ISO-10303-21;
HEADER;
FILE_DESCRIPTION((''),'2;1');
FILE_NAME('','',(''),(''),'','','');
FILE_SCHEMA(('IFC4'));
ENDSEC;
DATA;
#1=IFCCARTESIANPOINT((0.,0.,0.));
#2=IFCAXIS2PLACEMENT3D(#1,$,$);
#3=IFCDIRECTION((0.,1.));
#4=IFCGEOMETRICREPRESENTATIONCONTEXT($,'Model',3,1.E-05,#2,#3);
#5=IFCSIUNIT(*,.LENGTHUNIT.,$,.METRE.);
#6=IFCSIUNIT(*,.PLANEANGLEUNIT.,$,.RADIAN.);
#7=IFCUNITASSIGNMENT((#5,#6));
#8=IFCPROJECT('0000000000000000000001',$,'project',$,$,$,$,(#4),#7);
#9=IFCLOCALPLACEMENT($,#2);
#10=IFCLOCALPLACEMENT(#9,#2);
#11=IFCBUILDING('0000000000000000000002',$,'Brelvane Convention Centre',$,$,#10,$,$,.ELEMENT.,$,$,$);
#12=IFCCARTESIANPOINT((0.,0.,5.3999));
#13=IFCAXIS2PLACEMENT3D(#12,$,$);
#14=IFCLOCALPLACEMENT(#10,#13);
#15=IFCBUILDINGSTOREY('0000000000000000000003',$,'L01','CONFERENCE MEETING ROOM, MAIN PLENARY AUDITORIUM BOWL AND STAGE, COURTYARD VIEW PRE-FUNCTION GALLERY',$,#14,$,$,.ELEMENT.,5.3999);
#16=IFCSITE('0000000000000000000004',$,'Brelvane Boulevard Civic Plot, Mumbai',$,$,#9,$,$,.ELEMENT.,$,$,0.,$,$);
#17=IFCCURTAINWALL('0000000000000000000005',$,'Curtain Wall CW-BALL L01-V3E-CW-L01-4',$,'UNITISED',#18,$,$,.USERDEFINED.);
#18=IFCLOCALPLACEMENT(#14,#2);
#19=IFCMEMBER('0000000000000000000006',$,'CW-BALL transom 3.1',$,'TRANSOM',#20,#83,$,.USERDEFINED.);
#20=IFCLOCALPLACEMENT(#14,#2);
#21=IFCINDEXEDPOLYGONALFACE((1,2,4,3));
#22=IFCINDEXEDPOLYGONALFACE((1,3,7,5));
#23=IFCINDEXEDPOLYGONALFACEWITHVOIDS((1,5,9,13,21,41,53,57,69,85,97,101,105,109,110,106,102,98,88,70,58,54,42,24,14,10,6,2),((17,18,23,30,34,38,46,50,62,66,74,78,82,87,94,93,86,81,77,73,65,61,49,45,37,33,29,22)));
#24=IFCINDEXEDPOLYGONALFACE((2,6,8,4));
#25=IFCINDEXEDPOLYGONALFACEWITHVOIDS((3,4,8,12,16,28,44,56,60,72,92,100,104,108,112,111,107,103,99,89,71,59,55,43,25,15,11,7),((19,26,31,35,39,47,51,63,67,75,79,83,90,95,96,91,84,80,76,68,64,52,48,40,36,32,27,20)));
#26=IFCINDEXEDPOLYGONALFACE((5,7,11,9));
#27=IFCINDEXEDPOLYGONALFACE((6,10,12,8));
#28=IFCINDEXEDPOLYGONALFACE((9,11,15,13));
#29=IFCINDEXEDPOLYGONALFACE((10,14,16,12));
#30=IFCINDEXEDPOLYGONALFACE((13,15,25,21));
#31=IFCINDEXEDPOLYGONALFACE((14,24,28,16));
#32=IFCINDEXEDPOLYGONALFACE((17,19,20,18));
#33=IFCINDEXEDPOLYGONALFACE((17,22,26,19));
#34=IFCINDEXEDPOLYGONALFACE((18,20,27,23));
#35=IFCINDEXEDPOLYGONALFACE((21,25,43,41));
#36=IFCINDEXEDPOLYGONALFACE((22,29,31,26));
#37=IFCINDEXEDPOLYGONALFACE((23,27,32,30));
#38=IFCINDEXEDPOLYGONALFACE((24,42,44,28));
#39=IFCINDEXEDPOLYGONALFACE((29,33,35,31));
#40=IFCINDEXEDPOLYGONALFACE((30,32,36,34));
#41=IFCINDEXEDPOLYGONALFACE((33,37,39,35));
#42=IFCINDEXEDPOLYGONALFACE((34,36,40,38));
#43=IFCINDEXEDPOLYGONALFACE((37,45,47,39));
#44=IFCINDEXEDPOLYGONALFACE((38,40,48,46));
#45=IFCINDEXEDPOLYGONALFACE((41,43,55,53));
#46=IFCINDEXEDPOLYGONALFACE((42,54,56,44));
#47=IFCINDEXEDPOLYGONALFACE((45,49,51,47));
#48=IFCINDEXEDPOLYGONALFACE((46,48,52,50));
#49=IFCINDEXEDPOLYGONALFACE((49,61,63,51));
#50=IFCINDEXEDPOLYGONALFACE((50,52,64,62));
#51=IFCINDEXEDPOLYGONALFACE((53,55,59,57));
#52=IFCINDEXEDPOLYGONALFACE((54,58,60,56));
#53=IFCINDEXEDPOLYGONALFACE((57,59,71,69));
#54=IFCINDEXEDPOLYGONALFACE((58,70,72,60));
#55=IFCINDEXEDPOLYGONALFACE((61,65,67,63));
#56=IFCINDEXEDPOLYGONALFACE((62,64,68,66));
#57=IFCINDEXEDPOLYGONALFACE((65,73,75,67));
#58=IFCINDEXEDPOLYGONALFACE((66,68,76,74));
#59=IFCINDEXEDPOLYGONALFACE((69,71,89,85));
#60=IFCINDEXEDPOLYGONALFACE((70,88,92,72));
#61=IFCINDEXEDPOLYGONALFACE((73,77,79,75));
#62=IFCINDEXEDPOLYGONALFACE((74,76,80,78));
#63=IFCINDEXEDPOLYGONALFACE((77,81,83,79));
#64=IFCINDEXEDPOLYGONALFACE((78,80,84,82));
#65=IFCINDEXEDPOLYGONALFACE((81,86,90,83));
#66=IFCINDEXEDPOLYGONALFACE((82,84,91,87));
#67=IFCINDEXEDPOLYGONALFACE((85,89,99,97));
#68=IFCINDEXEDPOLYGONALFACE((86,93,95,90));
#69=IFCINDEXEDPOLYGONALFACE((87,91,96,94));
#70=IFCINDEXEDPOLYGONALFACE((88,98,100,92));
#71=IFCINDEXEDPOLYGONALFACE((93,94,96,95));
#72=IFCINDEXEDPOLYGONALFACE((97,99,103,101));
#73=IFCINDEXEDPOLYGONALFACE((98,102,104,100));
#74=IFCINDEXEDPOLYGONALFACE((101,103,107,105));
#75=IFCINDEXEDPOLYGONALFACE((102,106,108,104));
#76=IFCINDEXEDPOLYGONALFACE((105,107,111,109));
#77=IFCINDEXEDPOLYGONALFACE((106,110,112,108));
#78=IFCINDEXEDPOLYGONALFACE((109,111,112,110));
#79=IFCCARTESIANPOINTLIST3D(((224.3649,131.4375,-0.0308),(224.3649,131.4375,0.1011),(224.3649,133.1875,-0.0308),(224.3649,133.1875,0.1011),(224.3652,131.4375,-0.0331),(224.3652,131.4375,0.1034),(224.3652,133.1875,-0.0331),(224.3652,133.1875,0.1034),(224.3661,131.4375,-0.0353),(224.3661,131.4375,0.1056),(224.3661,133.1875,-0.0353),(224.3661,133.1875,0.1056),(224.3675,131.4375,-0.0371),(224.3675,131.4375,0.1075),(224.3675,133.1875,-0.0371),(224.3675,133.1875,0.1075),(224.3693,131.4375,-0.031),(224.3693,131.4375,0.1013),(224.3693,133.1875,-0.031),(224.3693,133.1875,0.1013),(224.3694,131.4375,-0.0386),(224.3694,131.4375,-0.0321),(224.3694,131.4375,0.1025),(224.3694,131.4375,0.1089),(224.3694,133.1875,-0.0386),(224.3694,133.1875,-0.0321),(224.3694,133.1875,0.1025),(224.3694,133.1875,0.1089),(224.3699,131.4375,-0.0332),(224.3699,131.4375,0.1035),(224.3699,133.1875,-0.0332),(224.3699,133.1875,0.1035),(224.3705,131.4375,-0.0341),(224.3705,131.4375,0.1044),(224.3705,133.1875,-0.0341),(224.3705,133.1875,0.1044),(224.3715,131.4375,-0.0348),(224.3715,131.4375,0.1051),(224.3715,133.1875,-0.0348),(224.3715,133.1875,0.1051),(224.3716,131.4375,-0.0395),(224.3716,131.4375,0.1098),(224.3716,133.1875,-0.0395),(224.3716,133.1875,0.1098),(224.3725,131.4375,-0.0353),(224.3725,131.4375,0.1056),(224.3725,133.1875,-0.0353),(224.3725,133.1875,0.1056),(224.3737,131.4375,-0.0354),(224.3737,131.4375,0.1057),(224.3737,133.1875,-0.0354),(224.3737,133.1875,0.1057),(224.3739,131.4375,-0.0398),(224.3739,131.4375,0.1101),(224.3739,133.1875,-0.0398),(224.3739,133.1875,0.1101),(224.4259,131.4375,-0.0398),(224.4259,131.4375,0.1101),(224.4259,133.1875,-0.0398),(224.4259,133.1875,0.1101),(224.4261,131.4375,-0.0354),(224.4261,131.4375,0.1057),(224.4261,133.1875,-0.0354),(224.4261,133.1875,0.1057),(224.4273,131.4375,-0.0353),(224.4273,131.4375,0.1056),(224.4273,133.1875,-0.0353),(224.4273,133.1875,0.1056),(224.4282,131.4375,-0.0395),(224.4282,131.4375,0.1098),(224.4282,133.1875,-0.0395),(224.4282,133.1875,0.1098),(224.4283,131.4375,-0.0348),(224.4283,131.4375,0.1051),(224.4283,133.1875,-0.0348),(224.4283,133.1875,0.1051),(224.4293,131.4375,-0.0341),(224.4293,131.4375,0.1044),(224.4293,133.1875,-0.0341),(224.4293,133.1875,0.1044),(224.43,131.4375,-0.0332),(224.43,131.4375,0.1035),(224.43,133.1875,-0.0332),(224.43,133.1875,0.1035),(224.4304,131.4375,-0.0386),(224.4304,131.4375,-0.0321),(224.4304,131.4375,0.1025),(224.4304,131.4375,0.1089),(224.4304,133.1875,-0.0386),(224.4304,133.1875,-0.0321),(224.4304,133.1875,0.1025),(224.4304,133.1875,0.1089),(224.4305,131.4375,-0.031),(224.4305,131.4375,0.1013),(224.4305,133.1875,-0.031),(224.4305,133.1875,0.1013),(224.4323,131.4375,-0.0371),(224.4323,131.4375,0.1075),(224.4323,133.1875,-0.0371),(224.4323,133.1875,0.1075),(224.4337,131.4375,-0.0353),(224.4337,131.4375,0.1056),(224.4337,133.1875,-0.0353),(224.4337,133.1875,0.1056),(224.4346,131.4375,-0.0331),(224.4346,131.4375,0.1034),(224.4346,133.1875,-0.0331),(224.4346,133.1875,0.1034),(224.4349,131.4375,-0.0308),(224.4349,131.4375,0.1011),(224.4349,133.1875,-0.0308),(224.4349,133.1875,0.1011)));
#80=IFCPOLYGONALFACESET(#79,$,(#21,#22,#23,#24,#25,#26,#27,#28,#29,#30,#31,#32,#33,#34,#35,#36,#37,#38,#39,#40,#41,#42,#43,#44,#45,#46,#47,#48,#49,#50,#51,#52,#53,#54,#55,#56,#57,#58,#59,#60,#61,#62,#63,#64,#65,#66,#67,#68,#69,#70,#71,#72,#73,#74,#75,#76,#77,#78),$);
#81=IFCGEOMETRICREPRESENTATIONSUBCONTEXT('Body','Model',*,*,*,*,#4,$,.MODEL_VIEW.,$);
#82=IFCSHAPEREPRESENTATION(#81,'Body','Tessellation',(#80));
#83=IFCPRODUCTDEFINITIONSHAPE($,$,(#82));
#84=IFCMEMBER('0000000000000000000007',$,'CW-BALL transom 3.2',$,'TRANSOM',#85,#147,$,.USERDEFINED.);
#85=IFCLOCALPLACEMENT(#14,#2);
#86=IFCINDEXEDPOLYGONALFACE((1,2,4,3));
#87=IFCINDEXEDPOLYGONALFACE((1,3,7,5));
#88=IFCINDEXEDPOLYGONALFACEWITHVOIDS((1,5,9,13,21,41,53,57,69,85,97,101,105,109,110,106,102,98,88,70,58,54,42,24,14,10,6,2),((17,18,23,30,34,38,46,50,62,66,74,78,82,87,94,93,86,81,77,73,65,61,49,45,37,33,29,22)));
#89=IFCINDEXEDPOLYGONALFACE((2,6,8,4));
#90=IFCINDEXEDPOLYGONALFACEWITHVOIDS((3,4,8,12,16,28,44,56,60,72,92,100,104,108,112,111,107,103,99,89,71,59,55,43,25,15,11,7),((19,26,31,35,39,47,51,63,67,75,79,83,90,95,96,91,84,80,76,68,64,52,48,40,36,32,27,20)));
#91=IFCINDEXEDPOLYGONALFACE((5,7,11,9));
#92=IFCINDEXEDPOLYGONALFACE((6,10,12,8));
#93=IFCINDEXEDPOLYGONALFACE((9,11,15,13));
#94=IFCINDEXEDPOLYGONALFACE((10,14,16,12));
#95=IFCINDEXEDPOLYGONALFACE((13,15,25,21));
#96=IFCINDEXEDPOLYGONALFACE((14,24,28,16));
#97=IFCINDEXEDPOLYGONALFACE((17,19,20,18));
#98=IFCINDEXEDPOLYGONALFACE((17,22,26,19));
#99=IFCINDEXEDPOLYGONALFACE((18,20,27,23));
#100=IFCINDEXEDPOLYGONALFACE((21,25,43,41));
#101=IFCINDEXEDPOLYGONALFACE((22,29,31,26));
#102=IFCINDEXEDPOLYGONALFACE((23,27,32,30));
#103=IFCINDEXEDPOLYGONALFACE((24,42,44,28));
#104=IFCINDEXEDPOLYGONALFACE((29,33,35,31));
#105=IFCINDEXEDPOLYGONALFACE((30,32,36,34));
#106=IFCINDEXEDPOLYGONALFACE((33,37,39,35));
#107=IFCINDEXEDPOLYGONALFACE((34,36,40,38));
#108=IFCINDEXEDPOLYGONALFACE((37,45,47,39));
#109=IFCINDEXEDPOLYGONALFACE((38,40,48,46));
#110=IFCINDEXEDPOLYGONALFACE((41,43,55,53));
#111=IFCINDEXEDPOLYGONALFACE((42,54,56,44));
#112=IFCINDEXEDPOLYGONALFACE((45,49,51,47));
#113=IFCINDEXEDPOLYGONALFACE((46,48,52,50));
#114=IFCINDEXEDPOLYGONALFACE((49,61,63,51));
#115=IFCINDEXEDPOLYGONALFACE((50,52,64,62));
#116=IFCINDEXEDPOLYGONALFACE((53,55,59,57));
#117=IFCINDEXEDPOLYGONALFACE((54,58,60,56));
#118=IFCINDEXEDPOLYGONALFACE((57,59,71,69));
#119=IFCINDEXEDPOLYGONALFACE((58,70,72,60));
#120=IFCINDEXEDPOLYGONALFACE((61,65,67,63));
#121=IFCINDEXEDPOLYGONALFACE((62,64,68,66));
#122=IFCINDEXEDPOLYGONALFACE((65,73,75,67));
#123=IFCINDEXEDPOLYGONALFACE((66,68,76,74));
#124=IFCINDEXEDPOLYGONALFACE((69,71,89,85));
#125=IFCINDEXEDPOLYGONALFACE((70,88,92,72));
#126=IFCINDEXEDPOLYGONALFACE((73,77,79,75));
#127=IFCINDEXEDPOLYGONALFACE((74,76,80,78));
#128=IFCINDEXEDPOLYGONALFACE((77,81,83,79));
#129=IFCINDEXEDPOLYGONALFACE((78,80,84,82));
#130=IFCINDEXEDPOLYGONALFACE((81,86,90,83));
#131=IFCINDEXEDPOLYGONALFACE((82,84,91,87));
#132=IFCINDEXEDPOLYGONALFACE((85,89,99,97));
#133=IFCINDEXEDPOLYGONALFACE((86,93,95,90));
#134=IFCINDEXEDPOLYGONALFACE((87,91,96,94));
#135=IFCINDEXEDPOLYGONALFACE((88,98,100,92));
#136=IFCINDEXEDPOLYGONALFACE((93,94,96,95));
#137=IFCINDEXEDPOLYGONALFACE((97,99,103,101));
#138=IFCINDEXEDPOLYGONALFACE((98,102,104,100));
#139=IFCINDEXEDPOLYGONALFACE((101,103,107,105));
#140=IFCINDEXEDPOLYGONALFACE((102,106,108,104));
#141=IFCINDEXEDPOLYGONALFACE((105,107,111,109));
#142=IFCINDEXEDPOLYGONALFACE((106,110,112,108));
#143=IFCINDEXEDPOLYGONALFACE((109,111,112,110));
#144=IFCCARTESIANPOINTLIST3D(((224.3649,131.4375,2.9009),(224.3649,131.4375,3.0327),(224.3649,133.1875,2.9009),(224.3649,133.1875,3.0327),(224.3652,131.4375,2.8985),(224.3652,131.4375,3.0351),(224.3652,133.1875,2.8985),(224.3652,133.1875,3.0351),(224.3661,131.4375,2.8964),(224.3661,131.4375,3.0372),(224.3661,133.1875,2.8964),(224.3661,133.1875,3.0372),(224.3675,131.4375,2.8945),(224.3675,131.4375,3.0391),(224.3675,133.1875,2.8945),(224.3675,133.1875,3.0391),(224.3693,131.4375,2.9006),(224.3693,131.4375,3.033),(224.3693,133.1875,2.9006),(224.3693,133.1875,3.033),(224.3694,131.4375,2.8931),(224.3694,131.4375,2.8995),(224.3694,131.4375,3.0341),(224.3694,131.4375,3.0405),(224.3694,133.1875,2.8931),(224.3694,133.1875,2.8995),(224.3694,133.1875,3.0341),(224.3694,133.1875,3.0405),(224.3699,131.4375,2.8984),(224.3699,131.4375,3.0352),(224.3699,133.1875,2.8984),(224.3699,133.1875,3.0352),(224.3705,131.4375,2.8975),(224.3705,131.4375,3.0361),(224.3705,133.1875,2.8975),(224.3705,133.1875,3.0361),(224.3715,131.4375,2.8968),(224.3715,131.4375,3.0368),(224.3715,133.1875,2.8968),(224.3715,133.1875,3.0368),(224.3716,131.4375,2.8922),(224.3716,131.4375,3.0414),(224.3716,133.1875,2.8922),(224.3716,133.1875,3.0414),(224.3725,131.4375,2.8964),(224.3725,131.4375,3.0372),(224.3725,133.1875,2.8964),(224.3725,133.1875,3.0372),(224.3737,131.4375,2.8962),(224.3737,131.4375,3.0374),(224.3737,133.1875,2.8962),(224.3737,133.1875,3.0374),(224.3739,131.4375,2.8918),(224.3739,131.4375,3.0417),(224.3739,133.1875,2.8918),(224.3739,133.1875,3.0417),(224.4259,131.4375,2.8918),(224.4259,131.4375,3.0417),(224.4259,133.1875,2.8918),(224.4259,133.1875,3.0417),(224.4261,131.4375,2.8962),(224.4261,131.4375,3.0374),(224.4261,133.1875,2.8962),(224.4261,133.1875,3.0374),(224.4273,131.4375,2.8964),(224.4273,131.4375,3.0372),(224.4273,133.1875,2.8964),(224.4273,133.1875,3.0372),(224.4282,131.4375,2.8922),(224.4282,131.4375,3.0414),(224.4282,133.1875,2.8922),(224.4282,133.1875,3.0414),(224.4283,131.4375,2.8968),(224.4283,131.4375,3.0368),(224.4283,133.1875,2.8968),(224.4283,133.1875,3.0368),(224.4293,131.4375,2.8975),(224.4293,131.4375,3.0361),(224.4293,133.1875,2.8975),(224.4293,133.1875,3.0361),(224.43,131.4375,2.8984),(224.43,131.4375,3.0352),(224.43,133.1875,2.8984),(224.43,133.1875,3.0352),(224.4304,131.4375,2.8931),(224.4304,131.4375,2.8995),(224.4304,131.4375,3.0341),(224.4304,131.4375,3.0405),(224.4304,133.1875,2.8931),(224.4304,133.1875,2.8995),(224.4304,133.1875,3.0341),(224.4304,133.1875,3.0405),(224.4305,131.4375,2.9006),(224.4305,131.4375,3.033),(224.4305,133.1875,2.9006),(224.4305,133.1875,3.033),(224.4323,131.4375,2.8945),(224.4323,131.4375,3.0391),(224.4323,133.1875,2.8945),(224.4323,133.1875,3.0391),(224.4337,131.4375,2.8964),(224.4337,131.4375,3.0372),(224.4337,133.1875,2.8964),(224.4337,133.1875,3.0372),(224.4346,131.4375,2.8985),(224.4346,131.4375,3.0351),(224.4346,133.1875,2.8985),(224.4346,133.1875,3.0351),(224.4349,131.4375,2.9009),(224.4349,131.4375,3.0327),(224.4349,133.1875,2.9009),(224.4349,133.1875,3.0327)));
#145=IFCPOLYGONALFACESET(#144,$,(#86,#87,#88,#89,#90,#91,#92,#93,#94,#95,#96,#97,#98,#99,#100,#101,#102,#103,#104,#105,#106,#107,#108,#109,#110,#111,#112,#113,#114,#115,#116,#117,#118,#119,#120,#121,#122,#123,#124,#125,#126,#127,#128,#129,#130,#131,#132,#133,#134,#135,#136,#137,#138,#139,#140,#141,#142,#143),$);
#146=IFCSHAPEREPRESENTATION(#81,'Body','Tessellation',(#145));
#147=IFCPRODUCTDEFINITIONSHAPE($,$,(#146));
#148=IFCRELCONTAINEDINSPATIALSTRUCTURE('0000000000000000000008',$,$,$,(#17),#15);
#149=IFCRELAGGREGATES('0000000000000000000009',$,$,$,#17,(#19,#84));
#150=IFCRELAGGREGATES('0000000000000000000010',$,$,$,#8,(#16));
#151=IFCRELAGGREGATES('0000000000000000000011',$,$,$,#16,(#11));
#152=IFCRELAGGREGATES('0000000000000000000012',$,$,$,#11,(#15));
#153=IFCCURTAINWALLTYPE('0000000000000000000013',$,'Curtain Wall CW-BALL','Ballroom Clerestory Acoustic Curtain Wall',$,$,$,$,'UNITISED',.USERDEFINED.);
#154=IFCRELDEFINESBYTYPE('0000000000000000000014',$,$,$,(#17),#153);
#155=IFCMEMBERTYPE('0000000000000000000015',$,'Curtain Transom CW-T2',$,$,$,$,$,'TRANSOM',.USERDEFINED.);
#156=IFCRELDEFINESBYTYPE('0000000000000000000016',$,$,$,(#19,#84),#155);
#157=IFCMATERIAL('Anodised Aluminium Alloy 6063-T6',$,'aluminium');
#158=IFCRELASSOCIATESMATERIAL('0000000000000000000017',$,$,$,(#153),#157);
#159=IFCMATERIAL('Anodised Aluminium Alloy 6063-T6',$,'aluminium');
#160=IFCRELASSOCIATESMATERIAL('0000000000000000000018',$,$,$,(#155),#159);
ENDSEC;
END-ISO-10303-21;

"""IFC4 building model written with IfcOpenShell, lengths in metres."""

from ifc_helpers import new_model, si_unit, direction, frame, origin, origin_2d, place, context, subcontext, project, spatial, hollow_rectangle, extrude, material, material_profile, profile_set, type_object, element, aggregate, save


model = new_model("IFC4")

# Units and contexts
model_context = context("Model", 3, precision=1e-05, world=origin(), true_north=direction((0.0, 1.0)))
body_context = subcontext(model_context, "Body", "Model", "MODEL_VIEW")
ifc_project = project(units=[si_unit("LENGTHUNIT", "METRE"), si_unit("PLANEANGLEUNIT", "RADIAN")], contexts=[model_context])

# Site, building, storey
site_placement = place(None, origin())
site = spatial("IfcSite", under=ifc_project, at=site_placement, Name="Brelvane Boulevard Civic Plot, Mumbai", CompositionType="ELEMENT", RefElevation=0.0)
building_placement = place(site_placement, origin())
building = spatial("IfcBuilding", under=site, at=building_placement, Name="Brelvane Convention Centre", CompositionType="ELEMENT")
storey_placement = place(building_placement, frame((0.0, 0.0, 5.3999)))
storey = spatial("IfcBuildingStorey", under=building, at=storey_placement, Name="L01", Description="CONFERENCE MEETING ROOM, MAIN PLENARY AUDITORIUM BOWL AND STAGE, COURTYARD VIEW PRE-FUNCTION GALLERY", CompositionType="ELEMENT", Elevation=5.3999)

# Curtain wall
ifc_material_1 = material(Name="Anodised Aluminium Alloy 6063-T6", Category="aluminium")
curtain_wall_type = type_object("IfcCurtainWallType", Name="Curtain Wall CW-BALL", Description="Ballroom Clerestory Acoustic Curtain Wall", ElementType="UNITISED", PredefinedType="USERDEFINED", material=ifc_material_1)
curtain_wall_1_placement = place(storey_placement, origin())
curtain_wall_1 = element("IfcCurtainWall", 1, at=curtain_wall_1_placement, inside=storey, type_object=curtain_wall_type, Name="Curtain Wall CW-BALL L01-V3E-CW-L01-4", ObjectType="UNITISED", PredefinedType="USERDEFINED")
ifc_material_2 = material(Name="Anodised Aluminium Alloy 6063-T6", Category="aluminium")
ifc_material_profile_1 = material_profile(ifc_material_2, hollow_rectangle(XDim=0.0701, YDim=0.1499, WallThickness=0.0044, InnerFilletRadius=0.0044, OuterFilletRadius=0.009, at=origin_2d()), Name="ALU-T 150x70x4.5")
ifc_profile_set_1 = profile_set([ifc_material_profile_1], Name="Anodised Aluminium Alloy 6063-T6")
member_type_1 = type_object("IfcMemberType", Name="Curtain Transom CW-T2", ElementType="TRANSOM", PredefinedType="USERDEFINED", material=ifc_profile_set_1)

# Members
member_1_placement = place(storey_placement, frame((224.3999, 131.4375, 0.0352), z_axis=(0.0, 1.0, 0.0), x_axis=(-1.0, 0.0, 0.0)))
member_1 = element("IfcMember", 2, at=member_1_placement, type_object=member_type_1, Name="CW-BALL transom 3.1", ObjectType="TRANSOM", PredefinedType="USERDEFINED", context=body_context, shape_type="SweptSolid", body=[
    extrude(hollow_rectangle(XDim=0.0701, YDim=0.1499, WallThickness=0.0044, InnerFilletRadius=0.0044, OuterFilletRadius=0.009, at=origin_2d()), origin(), (0.0, 0.0, 1.0), 1.75),
])
member_2_placement = place(storey_placement, frame((224.3999, 131.4375, 2.9668), z_axis=(0.0, 1.0, 0.0), x_axis=(-1.0, 0.0, 0.0)))
member_2 = element("IfcMember", 3, at=member_2_placement, type_object=member_type_1, Name="CW-BALL transom 3.2", ObjectType="TRANSOM", PredefinedType="USERDEFINED", context=body_context, shape_type="SweptSolid", body=[
    extrude(hollow_rectangle(XDim=0.0701, YDim=0.1499, WallThickness=0.0044, InnerFilletRadius=0.0044, OuterFilletRadius=0.009, at=origin_2d()), origin(), (0.0, 0.0, 1.0), 1.75),
])

aggregate(curtain_wall_1, [member_1, member_2])

save(model, "model.ifc")
